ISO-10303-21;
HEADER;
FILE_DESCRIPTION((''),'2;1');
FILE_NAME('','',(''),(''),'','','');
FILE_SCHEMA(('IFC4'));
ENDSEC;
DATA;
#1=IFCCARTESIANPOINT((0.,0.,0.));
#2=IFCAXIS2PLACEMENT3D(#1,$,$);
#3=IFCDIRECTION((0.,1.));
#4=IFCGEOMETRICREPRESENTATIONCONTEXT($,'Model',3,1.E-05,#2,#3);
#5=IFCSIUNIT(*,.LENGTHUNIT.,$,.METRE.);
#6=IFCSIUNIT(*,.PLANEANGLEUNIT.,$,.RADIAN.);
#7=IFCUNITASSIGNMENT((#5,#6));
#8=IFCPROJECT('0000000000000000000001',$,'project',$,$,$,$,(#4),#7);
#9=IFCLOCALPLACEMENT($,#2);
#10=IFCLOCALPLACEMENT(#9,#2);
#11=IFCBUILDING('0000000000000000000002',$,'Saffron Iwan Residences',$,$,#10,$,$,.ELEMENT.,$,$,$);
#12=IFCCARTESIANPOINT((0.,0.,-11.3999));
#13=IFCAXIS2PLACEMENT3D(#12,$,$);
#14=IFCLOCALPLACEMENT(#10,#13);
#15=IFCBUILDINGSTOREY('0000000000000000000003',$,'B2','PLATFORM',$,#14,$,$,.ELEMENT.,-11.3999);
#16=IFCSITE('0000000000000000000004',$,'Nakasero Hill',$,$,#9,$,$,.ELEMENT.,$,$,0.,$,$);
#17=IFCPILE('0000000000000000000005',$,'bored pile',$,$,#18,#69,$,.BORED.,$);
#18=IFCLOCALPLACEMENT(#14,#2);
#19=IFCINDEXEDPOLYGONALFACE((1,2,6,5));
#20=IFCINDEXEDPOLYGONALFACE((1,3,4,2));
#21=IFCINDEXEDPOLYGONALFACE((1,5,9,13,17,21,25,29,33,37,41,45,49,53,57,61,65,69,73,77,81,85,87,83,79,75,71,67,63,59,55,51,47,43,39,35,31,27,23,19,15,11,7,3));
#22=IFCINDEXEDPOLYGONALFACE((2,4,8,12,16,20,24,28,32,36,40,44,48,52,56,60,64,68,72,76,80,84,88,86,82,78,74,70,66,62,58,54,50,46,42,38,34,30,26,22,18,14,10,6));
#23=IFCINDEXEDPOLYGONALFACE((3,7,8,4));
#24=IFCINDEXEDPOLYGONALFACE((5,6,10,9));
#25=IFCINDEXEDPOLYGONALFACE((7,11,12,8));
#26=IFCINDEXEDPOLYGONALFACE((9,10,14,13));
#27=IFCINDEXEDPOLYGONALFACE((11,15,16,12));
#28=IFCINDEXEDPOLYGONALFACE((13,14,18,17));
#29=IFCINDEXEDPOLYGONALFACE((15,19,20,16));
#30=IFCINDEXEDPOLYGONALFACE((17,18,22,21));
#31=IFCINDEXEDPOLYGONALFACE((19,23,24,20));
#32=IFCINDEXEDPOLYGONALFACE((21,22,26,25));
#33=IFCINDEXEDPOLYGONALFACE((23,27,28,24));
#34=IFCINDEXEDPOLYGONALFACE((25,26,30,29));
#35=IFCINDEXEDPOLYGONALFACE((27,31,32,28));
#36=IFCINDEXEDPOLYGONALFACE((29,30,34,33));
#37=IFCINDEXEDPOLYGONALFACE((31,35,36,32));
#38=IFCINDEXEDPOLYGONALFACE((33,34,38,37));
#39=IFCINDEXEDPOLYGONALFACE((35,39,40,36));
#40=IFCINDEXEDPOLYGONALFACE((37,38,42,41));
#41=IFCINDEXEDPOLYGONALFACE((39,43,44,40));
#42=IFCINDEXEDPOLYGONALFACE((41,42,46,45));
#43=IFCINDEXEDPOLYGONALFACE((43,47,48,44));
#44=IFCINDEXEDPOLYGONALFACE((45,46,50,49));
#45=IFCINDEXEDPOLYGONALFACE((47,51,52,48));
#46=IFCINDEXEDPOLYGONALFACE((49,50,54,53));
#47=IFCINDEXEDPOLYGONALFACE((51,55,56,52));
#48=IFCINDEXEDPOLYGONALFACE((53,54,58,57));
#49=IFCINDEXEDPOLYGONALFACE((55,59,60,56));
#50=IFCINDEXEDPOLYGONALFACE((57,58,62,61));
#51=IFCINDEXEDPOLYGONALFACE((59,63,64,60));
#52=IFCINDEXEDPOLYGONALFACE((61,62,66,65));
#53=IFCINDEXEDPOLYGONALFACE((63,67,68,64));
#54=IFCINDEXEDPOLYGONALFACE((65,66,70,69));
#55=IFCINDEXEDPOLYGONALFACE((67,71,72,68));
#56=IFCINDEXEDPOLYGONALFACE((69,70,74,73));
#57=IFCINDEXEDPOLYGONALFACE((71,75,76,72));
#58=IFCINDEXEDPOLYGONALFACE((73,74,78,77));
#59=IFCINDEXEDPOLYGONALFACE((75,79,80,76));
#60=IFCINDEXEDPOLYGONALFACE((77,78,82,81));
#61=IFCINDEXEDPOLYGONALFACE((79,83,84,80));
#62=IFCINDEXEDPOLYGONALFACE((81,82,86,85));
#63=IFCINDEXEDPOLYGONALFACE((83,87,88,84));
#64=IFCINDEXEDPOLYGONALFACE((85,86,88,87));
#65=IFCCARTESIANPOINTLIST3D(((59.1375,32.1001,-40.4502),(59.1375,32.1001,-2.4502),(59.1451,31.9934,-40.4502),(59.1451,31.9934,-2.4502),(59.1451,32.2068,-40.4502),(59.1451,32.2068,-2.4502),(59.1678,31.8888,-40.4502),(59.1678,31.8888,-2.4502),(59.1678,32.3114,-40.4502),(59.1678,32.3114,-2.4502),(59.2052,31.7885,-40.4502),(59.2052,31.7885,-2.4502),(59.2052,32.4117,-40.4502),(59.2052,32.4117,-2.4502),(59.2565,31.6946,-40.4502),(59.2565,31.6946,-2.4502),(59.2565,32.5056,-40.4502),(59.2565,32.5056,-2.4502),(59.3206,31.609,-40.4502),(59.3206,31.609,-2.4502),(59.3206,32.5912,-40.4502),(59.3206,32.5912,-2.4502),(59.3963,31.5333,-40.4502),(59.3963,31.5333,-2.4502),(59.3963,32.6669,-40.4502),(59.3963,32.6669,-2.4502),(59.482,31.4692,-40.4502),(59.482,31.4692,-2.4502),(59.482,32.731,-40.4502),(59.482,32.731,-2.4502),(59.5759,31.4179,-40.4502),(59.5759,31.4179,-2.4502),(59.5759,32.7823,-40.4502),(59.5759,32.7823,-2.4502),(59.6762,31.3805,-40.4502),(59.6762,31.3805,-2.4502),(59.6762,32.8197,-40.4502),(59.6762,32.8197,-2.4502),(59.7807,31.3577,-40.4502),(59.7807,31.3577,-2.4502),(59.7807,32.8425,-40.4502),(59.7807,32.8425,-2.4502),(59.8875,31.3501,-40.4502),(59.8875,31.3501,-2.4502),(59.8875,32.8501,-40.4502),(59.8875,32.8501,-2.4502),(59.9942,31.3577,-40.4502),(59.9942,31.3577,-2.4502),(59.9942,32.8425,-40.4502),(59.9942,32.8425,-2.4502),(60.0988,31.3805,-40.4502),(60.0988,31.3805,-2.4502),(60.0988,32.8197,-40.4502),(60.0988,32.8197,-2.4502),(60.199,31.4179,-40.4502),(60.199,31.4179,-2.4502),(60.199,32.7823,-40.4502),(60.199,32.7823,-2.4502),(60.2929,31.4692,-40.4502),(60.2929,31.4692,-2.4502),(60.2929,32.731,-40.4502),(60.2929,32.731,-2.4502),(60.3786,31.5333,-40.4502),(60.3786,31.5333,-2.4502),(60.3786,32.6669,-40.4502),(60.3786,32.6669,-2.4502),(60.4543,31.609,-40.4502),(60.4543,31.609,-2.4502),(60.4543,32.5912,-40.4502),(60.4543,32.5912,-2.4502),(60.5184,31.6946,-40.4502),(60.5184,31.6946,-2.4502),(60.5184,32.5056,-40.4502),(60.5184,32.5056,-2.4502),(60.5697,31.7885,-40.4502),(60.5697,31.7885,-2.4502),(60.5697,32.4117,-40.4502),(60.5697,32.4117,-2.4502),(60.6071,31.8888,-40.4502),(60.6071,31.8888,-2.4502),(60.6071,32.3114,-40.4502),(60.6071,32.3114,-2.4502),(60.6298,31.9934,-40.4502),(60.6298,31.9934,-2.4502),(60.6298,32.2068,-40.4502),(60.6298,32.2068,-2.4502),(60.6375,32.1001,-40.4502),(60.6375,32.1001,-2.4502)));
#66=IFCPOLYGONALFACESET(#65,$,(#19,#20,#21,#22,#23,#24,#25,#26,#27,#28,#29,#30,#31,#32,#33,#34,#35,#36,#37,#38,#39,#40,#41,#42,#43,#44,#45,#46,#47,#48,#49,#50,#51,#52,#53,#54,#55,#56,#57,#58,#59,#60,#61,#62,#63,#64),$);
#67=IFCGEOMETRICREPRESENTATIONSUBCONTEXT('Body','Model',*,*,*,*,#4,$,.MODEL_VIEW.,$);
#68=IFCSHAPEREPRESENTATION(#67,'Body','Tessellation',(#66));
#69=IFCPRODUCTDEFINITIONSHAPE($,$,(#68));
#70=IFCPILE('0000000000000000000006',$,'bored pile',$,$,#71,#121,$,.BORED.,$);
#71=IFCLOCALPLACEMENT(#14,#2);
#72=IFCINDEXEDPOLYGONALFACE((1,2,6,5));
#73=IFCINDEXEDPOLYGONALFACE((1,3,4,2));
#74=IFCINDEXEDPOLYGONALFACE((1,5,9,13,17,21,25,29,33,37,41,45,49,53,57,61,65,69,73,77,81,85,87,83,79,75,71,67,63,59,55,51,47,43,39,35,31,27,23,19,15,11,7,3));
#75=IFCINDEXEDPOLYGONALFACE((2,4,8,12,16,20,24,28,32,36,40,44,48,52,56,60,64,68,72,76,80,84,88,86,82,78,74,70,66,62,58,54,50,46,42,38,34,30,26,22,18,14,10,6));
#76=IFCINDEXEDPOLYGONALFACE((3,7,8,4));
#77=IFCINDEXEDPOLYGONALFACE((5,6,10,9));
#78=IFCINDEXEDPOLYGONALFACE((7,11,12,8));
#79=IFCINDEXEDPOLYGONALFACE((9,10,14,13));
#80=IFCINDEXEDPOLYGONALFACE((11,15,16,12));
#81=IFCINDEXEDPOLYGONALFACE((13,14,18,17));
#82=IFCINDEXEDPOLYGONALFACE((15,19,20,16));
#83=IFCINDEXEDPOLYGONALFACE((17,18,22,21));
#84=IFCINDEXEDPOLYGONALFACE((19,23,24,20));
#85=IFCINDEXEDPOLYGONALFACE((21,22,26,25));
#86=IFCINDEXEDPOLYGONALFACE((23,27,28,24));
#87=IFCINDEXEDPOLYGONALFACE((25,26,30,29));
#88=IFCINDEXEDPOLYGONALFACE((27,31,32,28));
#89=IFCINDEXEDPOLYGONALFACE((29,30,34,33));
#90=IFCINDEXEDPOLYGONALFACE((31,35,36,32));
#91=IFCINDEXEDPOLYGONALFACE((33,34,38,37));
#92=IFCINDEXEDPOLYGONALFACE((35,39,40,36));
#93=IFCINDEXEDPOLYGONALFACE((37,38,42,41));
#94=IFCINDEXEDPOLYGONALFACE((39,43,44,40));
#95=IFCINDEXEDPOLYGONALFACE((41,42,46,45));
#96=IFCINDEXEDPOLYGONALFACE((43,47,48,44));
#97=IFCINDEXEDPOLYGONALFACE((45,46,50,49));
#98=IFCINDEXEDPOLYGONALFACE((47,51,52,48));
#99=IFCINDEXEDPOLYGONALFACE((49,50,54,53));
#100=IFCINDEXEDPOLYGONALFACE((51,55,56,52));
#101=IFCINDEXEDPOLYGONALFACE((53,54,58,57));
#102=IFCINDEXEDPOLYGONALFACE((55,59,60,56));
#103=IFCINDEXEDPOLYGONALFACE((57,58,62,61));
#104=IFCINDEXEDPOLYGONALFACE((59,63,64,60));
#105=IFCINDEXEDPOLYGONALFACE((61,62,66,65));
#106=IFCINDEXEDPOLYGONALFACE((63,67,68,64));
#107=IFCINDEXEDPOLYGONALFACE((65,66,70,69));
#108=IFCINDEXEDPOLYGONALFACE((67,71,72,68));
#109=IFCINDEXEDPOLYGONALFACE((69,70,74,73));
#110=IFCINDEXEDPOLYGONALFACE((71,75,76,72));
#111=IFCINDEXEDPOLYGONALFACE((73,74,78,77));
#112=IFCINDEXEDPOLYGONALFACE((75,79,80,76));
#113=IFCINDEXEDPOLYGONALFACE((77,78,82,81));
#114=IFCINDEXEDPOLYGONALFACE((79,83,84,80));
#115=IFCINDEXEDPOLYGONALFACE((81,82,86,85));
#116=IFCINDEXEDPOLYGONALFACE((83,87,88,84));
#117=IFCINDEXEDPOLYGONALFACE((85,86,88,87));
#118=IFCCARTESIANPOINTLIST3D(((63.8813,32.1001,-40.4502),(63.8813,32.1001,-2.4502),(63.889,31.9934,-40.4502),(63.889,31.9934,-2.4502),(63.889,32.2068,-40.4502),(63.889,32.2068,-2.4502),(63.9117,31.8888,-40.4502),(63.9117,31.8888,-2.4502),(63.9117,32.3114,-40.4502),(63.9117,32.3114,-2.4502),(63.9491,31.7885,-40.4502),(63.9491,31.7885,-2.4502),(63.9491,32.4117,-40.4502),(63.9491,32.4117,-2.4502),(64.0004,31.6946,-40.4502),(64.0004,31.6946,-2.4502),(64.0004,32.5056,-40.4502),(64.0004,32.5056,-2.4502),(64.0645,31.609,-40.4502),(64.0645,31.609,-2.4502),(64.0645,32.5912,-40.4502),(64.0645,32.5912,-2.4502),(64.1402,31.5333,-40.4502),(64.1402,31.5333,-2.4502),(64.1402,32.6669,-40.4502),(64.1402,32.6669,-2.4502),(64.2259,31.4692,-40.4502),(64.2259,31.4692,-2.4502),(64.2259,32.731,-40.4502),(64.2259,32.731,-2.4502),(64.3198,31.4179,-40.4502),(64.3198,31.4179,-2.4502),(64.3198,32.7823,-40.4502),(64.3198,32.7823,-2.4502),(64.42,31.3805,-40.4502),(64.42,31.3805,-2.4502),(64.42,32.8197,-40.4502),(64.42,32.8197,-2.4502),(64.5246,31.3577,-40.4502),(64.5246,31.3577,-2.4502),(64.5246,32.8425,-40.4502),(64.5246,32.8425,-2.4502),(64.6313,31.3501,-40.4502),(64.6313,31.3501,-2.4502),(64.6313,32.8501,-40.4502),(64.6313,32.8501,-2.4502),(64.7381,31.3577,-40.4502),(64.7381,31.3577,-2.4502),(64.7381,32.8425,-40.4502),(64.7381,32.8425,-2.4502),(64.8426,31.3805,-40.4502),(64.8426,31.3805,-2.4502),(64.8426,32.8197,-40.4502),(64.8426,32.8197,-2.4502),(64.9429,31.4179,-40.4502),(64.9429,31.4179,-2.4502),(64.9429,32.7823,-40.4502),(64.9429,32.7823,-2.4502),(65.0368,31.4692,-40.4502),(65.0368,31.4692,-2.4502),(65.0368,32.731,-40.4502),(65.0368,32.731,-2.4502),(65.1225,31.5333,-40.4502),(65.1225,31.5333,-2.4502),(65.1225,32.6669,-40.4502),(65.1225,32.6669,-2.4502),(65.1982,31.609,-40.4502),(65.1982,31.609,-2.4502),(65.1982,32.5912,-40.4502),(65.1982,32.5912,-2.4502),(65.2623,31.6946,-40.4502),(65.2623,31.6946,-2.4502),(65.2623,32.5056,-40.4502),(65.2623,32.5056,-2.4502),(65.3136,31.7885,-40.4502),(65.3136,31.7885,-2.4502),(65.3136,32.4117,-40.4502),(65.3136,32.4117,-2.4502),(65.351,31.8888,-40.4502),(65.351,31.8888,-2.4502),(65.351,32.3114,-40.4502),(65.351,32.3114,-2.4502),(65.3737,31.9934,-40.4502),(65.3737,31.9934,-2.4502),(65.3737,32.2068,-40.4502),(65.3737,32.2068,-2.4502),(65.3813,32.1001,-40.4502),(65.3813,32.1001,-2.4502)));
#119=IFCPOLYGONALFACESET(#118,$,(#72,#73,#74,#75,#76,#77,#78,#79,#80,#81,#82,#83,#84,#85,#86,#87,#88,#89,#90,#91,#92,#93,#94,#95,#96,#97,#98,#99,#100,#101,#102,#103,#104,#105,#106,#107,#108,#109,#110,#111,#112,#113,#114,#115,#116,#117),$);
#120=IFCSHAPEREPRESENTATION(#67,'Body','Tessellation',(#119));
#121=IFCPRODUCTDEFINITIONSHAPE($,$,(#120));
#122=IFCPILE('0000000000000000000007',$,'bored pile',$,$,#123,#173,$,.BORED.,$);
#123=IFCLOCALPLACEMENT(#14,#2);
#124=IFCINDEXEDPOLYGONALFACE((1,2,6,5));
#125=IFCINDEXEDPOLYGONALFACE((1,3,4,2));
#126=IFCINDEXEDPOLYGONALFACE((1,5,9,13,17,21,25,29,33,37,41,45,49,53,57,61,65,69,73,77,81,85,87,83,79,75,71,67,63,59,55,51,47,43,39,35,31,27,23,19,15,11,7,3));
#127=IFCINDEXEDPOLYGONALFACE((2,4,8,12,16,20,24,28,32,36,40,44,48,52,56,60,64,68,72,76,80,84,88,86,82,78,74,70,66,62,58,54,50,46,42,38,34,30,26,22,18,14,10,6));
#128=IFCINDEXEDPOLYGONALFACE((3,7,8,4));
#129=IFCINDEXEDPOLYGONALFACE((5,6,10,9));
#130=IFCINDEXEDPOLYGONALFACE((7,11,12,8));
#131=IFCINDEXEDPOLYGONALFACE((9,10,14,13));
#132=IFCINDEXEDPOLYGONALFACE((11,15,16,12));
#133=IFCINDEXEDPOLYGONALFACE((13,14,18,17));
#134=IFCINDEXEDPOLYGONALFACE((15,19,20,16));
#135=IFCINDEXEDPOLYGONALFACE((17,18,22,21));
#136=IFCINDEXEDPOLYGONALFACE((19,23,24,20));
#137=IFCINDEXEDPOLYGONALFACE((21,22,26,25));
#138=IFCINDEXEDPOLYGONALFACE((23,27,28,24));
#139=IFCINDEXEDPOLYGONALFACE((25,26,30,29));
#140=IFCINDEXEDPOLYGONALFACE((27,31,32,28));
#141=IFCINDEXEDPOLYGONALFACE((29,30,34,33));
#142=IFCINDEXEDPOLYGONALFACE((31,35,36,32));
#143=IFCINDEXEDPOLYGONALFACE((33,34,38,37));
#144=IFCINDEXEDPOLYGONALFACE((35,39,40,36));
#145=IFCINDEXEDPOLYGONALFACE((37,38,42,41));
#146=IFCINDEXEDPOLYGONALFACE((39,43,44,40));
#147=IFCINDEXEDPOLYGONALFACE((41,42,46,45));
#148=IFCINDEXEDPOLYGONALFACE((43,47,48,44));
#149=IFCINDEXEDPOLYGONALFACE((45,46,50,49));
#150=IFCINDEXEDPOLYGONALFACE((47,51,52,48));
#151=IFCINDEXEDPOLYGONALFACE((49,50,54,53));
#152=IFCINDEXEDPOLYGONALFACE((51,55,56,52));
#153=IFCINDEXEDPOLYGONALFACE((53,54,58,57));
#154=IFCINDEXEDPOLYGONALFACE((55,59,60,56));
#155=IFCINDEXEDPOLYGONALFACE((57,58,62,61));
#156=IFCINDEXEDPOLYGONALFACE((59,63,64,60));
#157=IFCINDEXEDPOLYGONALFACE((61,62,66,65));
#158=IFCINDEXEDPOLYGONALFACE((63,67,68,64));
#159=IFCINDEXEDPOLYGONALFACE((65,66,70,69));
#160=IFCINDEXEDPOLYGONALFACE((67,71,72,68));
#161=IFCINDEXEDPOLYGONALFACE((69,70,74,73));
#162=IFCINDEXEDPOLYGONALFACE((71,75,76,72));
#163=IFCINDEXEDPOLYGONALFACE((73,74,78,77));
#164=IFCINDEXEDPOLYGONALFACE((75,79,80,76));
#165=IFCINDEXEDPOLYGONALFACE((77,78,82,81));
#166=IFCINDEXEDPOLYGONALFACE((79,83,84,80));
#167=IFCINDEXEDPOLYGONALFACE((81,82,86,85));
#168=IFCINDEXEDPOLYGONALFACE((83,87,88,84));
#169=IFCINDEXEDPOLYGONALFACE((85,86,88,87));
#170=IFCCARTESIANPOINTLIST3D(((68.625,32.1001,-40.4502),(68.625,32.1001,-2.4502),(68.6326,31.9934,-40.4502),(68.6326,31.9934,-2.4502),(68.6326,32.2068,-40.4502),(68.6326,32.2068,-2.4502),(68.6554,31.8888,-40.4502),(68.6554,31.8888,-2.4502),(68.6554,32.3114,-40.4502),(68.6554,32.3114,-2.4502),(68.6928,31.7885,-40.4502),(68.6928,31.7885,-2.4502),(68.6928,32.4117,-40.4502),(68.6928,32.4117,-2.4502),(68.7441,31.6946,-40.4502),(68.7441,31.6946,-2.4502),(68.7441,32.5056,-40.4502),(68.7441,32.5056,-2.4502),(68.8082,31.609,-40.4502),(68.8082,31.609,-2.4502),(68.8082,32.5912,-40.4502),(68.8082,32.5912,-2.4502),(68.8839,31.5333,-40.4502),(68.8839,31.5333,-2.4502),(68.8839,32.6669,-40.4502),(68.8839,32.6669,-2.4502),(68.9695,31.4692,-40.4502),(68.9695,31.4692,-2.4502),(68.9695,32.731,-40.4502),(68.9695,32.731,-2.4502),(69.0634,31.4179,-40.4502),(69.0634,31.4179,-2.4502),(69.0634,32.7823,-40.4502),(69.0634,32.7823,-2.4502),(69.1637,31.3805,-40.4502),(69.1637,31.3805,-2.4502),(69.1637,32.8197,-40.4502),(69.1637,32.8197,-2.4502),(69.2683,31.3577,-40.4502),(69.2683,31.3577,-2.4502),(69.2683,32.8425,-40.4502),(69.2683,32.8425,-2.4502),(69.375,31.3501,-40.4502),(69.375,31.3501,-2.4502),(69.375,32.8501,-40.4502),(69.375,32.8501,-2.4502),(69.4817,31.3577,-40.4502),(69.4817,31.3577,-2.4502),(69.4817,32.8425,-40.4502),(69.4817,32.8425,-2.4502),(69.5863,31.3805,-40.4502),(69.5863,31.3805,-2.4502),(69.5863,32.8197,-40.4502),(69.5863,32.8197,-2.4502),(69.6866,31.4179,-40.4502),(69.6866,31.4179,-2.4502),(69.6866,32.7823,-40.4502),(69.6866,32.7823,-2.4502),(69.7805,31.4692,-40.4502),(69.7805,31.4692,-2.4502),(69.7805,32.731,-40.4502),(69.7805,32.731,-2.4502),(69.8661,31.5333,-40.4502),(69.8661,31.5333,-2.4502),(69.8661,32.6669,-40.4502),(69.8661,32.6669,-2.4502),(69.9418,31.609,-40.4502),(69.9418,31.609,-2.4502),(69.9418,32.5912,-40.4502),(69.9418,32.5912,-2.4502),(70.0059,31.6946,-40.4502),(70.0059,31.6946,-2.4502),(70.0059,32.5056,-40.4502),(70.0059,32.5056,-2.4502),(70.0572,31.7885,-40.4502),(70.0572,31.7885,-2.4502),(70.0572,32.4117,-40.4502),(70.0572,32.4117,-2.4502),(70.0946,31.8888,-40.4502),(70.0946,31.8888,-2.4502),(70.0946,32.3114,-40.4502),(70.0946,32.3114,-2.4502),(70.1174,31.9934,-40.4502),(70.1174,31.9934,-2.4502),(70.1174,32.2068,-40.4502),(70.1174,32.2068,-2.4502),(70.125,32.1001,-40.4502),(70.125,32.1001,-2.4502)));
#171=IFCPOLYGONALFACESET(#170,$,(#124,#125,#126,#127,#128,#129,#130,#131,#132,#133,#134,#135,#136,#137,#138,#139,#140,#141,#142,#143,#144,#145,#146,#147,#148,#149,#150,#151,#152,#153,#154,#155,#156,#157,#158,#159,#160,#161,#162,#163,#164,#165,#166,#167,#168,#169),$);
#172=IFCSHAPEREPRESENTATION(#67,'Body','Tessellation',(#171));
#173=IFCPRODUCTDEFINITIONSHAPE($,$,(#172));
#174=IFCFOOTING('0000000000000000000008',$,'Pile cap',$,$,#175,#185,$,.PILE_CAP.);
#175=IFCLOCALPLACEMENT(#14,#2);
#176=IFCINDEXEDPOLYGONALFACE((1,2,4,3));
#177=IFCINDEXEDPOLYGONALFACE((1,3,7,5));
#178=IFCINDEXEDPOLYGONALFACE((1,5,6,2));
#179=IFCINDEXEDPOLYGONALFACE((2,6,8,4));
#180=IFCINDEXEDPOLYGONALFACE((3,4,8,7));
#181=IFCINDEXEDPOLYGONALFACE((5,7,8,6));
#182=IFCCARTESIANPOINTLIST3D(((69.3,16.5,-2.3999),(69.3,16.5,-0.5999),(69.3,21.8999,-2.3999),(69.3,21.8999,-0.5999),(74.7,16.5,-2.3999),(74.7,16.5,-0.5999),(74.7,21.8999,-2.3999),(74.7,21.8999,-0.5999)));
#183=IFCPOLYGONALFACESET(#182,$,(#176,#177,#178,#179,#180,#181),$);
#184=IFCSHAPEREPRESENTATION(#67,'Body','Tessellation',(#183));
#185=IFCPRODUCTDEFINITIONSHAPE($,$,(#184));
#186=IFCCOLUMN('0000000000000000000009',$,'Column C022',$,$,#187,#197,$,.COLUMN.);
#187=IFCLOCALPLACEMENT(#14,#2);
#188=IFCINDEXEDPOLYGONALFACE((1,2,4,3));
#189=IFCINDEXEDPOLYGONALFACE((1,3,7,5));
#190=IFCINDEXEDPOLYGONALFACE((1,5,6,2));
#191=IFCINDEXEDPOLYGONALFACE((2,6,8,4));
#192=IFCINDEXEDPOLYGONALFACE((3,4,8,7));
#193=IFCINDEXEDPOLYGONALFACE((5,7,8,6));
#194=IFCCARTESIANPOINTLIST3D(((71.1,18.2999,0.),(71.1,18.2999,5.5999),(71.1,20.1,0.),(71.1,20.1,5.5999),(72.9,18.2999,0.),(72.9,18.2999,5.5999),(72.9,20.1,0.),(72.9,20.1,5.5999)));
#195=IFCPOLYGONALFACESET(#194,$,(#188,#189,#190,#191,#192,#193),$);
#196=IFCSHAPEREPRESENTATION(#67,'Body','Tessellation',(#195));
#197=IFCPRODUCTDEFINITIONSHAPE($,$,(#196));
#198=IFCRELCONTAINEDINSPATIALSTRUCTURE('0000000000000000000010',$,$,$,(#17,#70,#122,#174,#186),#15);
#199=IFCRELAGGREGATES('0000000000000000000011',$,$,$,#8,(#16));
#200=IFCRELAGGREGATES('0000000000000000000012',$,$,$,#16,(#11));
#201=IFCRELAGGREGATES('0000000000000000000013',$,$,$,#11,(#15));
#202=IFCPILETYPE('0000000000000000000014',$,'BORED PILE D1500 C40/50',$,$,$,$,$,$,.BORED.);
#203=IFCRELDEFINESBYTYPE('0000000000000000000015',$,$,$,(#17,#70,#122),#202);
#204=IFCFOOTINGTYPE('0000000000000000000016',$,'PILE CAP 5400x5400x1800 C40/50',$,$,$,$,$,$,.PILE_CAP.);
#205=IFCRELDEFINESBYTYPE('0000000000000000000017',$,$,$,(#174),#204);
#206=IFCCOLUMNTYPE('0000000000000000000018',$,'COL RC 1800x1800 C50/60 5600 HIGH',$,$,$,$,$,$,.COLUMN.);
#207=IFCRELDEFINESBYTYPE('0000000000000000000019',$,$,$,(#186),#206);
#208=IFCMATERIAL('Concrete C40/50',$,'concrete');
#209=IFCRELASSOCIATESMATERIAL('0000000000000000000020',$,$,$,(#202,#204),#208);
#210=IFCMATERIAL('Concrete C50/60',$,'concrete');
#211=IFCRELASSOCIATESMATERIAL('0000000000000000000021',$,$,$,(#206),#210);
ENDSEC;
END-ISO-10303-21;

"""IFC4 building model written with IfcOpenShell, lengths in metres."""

from ifc_helpers import new_model, si_unit, direction, frame, origin, origin_2d, place, context, subcontext, project, spatial, rectangle, circle, extrude, source, transform, mapped, material, material_profile, profile_set, type_object, element, save


model = new_model("IFC4")

# Units and contexts
model_context = context("Model", 3, precision=1e-05, world=origin(), true_north=direction((0.0, 1.0)))
body_context = subcontext(model_context, "Body", "Model", "MODEL_VIEW")
ifc_project = project(units=[si_unit("LENGTHUNIT", "METRE"), si_unit("PLANEANGLEUNIT", "RADIAN")], contexts=[model_context])

# Site, building, storey
site_placement = place(None, origin())
site = spatial("IfcSite", under=ifc_project, at=site_placement, Name="Nakasero Hill", CompositionType="ELEMENT", RefElevation=0.0)
building_placement = place(site_placement, origin())
building = spatial("IfcBuilding", under=site, at=building_placement, Name="Saffron Iwan Residences", CompositionType="ELEMENT")
storey_placement = place(building_placement, frame((0.0, 0.0, -11.3999)))
storey = spatial("IfcBuildingStorey", under=building, at=storey_placement, Name="B2", Description="PLATFORM", CompositionType="ELEMENT", Elevation=-11.3999)

# Piles
ifc_material_1 = material(Name="Concrete C40/50", Category="concrete")
ifc_material_profile_1 = material_profile(ifc_material_1, circle(Radius=0.75, at=origin_2d()), Name="RC D1500")
ifc_profile_set_1 = profile_set([ifc_material_profile_1], Name="Concrete C40/50")
pile_type_1 = type_object("IfcPileType", Name="BORED PILE D1500 C40/50", PredefinedType="BORED", material=ifc_profile_set_1)
for number, where, z_axis, x_axis, name in (
    (1, (59.8875, 32.1001, -2.4502), (0.0, 0.0, -1.0), (1.0, 0.0, 0.0), "bored pile"),
    (2, (64.6313, 32.1001, -2.4502), (0.0, 0.0, -1.0), (1.0, 0.0, 0.0), "bored pile"),
    (3, (69.375, 32.1001, -2.4502), (0.0, 0.0, -1.0), (1.0, 0.0, 0.0), "bored pile"),
):
    element("IfcPile", number, at=place(storey_placement, frame(where, z_axis=z_axis, x_axis=x_axis)), inside=storey, type_object=pile_type_1, Name=name, PredefinedType="BORED", context=body_context, shape_type="SweptSolid", body=[
        extrude(circle(Radius=0.75, at=origin_2d()), origin(), (0.0, 0.0, 1.0), 38.0),
    ])

# Footing
footing_type = type_object("IfcFootingType", Name="PILE CAP 5400x5400x1800 C40/50", PredefinedType="PILE_CAP", material=ifc_material_1)
shared_shape_1 = source(origin(), body_context, "Body", "SweptSolid", [
    extrude(rectangle(XDim=5.3999, YDim=5.3999, at=origin_2d()), origin(), (0.0, 0.0, 1.0), 1.8),
])
footing_placement = place(storey_placement, frame((72.0, 19.2, -2.3999), z_axis=(0.0, 0.0, 1.0), x_axis=(1.0, 0.0, 0.0)))
element("IfcFooting", 4, at=footing_placement, inside=storey, type_object=footing_type, Name="Pile cap", PredefinedType="PILE_CAP", context=body_context, shape_type="MappedRepresentation", body=[
    mapped(shared_shape_1, transform((0.0, 0.0, 0.0))),
])

# Column
ifc_material_2 = material(Name="Concrete C50/60", Category="concrete")
ifc_material_profile_2 = material_profile(ifc_material_2, rectangle(XDim=1.8, YDim=1.8, at=origin_2d()), Name="RC 1800x1800")
ifc_profile_set_2 = profile_set([ifc_material_profile_2], Name="Concrete C50/60")
column_type = type_object("IfcColumnType", Name="COL RC 1800x1800 C50/60 5600 HIGH", PredefinedType="COLUMN", material=ifc_profile_set_2)
shared_shape_2 = source(origin(), body_context, "Body", "SweptSolid", [
    extrude(rectangle(XDim=1.8, YDim=1.8, at=origin_2d()), origin(), (0.0, 0.0, 1.0), 5.5999),
])
for number, where, z_axis, x_axis, name in (
    (5, (72.0, 19.2, 0.0), (0.0, 0.0, 1.0), (1.0, 0.0, 0.0), "Column C022"),
):
    element("IfcColumn", number, at=place(storey_placement, frame(where, z_axis=z_axis, x_axis=x_axis)), inside=storey, type_object=column_type, Name=name, PredefinedType="COLUMN", context=body_context, shape_type="MappedRepresentation", body=[
        mapped(shared_shape_2, transform((0.0, 0.0, 0.0))),
    ])

save(model, "model.ifc")
